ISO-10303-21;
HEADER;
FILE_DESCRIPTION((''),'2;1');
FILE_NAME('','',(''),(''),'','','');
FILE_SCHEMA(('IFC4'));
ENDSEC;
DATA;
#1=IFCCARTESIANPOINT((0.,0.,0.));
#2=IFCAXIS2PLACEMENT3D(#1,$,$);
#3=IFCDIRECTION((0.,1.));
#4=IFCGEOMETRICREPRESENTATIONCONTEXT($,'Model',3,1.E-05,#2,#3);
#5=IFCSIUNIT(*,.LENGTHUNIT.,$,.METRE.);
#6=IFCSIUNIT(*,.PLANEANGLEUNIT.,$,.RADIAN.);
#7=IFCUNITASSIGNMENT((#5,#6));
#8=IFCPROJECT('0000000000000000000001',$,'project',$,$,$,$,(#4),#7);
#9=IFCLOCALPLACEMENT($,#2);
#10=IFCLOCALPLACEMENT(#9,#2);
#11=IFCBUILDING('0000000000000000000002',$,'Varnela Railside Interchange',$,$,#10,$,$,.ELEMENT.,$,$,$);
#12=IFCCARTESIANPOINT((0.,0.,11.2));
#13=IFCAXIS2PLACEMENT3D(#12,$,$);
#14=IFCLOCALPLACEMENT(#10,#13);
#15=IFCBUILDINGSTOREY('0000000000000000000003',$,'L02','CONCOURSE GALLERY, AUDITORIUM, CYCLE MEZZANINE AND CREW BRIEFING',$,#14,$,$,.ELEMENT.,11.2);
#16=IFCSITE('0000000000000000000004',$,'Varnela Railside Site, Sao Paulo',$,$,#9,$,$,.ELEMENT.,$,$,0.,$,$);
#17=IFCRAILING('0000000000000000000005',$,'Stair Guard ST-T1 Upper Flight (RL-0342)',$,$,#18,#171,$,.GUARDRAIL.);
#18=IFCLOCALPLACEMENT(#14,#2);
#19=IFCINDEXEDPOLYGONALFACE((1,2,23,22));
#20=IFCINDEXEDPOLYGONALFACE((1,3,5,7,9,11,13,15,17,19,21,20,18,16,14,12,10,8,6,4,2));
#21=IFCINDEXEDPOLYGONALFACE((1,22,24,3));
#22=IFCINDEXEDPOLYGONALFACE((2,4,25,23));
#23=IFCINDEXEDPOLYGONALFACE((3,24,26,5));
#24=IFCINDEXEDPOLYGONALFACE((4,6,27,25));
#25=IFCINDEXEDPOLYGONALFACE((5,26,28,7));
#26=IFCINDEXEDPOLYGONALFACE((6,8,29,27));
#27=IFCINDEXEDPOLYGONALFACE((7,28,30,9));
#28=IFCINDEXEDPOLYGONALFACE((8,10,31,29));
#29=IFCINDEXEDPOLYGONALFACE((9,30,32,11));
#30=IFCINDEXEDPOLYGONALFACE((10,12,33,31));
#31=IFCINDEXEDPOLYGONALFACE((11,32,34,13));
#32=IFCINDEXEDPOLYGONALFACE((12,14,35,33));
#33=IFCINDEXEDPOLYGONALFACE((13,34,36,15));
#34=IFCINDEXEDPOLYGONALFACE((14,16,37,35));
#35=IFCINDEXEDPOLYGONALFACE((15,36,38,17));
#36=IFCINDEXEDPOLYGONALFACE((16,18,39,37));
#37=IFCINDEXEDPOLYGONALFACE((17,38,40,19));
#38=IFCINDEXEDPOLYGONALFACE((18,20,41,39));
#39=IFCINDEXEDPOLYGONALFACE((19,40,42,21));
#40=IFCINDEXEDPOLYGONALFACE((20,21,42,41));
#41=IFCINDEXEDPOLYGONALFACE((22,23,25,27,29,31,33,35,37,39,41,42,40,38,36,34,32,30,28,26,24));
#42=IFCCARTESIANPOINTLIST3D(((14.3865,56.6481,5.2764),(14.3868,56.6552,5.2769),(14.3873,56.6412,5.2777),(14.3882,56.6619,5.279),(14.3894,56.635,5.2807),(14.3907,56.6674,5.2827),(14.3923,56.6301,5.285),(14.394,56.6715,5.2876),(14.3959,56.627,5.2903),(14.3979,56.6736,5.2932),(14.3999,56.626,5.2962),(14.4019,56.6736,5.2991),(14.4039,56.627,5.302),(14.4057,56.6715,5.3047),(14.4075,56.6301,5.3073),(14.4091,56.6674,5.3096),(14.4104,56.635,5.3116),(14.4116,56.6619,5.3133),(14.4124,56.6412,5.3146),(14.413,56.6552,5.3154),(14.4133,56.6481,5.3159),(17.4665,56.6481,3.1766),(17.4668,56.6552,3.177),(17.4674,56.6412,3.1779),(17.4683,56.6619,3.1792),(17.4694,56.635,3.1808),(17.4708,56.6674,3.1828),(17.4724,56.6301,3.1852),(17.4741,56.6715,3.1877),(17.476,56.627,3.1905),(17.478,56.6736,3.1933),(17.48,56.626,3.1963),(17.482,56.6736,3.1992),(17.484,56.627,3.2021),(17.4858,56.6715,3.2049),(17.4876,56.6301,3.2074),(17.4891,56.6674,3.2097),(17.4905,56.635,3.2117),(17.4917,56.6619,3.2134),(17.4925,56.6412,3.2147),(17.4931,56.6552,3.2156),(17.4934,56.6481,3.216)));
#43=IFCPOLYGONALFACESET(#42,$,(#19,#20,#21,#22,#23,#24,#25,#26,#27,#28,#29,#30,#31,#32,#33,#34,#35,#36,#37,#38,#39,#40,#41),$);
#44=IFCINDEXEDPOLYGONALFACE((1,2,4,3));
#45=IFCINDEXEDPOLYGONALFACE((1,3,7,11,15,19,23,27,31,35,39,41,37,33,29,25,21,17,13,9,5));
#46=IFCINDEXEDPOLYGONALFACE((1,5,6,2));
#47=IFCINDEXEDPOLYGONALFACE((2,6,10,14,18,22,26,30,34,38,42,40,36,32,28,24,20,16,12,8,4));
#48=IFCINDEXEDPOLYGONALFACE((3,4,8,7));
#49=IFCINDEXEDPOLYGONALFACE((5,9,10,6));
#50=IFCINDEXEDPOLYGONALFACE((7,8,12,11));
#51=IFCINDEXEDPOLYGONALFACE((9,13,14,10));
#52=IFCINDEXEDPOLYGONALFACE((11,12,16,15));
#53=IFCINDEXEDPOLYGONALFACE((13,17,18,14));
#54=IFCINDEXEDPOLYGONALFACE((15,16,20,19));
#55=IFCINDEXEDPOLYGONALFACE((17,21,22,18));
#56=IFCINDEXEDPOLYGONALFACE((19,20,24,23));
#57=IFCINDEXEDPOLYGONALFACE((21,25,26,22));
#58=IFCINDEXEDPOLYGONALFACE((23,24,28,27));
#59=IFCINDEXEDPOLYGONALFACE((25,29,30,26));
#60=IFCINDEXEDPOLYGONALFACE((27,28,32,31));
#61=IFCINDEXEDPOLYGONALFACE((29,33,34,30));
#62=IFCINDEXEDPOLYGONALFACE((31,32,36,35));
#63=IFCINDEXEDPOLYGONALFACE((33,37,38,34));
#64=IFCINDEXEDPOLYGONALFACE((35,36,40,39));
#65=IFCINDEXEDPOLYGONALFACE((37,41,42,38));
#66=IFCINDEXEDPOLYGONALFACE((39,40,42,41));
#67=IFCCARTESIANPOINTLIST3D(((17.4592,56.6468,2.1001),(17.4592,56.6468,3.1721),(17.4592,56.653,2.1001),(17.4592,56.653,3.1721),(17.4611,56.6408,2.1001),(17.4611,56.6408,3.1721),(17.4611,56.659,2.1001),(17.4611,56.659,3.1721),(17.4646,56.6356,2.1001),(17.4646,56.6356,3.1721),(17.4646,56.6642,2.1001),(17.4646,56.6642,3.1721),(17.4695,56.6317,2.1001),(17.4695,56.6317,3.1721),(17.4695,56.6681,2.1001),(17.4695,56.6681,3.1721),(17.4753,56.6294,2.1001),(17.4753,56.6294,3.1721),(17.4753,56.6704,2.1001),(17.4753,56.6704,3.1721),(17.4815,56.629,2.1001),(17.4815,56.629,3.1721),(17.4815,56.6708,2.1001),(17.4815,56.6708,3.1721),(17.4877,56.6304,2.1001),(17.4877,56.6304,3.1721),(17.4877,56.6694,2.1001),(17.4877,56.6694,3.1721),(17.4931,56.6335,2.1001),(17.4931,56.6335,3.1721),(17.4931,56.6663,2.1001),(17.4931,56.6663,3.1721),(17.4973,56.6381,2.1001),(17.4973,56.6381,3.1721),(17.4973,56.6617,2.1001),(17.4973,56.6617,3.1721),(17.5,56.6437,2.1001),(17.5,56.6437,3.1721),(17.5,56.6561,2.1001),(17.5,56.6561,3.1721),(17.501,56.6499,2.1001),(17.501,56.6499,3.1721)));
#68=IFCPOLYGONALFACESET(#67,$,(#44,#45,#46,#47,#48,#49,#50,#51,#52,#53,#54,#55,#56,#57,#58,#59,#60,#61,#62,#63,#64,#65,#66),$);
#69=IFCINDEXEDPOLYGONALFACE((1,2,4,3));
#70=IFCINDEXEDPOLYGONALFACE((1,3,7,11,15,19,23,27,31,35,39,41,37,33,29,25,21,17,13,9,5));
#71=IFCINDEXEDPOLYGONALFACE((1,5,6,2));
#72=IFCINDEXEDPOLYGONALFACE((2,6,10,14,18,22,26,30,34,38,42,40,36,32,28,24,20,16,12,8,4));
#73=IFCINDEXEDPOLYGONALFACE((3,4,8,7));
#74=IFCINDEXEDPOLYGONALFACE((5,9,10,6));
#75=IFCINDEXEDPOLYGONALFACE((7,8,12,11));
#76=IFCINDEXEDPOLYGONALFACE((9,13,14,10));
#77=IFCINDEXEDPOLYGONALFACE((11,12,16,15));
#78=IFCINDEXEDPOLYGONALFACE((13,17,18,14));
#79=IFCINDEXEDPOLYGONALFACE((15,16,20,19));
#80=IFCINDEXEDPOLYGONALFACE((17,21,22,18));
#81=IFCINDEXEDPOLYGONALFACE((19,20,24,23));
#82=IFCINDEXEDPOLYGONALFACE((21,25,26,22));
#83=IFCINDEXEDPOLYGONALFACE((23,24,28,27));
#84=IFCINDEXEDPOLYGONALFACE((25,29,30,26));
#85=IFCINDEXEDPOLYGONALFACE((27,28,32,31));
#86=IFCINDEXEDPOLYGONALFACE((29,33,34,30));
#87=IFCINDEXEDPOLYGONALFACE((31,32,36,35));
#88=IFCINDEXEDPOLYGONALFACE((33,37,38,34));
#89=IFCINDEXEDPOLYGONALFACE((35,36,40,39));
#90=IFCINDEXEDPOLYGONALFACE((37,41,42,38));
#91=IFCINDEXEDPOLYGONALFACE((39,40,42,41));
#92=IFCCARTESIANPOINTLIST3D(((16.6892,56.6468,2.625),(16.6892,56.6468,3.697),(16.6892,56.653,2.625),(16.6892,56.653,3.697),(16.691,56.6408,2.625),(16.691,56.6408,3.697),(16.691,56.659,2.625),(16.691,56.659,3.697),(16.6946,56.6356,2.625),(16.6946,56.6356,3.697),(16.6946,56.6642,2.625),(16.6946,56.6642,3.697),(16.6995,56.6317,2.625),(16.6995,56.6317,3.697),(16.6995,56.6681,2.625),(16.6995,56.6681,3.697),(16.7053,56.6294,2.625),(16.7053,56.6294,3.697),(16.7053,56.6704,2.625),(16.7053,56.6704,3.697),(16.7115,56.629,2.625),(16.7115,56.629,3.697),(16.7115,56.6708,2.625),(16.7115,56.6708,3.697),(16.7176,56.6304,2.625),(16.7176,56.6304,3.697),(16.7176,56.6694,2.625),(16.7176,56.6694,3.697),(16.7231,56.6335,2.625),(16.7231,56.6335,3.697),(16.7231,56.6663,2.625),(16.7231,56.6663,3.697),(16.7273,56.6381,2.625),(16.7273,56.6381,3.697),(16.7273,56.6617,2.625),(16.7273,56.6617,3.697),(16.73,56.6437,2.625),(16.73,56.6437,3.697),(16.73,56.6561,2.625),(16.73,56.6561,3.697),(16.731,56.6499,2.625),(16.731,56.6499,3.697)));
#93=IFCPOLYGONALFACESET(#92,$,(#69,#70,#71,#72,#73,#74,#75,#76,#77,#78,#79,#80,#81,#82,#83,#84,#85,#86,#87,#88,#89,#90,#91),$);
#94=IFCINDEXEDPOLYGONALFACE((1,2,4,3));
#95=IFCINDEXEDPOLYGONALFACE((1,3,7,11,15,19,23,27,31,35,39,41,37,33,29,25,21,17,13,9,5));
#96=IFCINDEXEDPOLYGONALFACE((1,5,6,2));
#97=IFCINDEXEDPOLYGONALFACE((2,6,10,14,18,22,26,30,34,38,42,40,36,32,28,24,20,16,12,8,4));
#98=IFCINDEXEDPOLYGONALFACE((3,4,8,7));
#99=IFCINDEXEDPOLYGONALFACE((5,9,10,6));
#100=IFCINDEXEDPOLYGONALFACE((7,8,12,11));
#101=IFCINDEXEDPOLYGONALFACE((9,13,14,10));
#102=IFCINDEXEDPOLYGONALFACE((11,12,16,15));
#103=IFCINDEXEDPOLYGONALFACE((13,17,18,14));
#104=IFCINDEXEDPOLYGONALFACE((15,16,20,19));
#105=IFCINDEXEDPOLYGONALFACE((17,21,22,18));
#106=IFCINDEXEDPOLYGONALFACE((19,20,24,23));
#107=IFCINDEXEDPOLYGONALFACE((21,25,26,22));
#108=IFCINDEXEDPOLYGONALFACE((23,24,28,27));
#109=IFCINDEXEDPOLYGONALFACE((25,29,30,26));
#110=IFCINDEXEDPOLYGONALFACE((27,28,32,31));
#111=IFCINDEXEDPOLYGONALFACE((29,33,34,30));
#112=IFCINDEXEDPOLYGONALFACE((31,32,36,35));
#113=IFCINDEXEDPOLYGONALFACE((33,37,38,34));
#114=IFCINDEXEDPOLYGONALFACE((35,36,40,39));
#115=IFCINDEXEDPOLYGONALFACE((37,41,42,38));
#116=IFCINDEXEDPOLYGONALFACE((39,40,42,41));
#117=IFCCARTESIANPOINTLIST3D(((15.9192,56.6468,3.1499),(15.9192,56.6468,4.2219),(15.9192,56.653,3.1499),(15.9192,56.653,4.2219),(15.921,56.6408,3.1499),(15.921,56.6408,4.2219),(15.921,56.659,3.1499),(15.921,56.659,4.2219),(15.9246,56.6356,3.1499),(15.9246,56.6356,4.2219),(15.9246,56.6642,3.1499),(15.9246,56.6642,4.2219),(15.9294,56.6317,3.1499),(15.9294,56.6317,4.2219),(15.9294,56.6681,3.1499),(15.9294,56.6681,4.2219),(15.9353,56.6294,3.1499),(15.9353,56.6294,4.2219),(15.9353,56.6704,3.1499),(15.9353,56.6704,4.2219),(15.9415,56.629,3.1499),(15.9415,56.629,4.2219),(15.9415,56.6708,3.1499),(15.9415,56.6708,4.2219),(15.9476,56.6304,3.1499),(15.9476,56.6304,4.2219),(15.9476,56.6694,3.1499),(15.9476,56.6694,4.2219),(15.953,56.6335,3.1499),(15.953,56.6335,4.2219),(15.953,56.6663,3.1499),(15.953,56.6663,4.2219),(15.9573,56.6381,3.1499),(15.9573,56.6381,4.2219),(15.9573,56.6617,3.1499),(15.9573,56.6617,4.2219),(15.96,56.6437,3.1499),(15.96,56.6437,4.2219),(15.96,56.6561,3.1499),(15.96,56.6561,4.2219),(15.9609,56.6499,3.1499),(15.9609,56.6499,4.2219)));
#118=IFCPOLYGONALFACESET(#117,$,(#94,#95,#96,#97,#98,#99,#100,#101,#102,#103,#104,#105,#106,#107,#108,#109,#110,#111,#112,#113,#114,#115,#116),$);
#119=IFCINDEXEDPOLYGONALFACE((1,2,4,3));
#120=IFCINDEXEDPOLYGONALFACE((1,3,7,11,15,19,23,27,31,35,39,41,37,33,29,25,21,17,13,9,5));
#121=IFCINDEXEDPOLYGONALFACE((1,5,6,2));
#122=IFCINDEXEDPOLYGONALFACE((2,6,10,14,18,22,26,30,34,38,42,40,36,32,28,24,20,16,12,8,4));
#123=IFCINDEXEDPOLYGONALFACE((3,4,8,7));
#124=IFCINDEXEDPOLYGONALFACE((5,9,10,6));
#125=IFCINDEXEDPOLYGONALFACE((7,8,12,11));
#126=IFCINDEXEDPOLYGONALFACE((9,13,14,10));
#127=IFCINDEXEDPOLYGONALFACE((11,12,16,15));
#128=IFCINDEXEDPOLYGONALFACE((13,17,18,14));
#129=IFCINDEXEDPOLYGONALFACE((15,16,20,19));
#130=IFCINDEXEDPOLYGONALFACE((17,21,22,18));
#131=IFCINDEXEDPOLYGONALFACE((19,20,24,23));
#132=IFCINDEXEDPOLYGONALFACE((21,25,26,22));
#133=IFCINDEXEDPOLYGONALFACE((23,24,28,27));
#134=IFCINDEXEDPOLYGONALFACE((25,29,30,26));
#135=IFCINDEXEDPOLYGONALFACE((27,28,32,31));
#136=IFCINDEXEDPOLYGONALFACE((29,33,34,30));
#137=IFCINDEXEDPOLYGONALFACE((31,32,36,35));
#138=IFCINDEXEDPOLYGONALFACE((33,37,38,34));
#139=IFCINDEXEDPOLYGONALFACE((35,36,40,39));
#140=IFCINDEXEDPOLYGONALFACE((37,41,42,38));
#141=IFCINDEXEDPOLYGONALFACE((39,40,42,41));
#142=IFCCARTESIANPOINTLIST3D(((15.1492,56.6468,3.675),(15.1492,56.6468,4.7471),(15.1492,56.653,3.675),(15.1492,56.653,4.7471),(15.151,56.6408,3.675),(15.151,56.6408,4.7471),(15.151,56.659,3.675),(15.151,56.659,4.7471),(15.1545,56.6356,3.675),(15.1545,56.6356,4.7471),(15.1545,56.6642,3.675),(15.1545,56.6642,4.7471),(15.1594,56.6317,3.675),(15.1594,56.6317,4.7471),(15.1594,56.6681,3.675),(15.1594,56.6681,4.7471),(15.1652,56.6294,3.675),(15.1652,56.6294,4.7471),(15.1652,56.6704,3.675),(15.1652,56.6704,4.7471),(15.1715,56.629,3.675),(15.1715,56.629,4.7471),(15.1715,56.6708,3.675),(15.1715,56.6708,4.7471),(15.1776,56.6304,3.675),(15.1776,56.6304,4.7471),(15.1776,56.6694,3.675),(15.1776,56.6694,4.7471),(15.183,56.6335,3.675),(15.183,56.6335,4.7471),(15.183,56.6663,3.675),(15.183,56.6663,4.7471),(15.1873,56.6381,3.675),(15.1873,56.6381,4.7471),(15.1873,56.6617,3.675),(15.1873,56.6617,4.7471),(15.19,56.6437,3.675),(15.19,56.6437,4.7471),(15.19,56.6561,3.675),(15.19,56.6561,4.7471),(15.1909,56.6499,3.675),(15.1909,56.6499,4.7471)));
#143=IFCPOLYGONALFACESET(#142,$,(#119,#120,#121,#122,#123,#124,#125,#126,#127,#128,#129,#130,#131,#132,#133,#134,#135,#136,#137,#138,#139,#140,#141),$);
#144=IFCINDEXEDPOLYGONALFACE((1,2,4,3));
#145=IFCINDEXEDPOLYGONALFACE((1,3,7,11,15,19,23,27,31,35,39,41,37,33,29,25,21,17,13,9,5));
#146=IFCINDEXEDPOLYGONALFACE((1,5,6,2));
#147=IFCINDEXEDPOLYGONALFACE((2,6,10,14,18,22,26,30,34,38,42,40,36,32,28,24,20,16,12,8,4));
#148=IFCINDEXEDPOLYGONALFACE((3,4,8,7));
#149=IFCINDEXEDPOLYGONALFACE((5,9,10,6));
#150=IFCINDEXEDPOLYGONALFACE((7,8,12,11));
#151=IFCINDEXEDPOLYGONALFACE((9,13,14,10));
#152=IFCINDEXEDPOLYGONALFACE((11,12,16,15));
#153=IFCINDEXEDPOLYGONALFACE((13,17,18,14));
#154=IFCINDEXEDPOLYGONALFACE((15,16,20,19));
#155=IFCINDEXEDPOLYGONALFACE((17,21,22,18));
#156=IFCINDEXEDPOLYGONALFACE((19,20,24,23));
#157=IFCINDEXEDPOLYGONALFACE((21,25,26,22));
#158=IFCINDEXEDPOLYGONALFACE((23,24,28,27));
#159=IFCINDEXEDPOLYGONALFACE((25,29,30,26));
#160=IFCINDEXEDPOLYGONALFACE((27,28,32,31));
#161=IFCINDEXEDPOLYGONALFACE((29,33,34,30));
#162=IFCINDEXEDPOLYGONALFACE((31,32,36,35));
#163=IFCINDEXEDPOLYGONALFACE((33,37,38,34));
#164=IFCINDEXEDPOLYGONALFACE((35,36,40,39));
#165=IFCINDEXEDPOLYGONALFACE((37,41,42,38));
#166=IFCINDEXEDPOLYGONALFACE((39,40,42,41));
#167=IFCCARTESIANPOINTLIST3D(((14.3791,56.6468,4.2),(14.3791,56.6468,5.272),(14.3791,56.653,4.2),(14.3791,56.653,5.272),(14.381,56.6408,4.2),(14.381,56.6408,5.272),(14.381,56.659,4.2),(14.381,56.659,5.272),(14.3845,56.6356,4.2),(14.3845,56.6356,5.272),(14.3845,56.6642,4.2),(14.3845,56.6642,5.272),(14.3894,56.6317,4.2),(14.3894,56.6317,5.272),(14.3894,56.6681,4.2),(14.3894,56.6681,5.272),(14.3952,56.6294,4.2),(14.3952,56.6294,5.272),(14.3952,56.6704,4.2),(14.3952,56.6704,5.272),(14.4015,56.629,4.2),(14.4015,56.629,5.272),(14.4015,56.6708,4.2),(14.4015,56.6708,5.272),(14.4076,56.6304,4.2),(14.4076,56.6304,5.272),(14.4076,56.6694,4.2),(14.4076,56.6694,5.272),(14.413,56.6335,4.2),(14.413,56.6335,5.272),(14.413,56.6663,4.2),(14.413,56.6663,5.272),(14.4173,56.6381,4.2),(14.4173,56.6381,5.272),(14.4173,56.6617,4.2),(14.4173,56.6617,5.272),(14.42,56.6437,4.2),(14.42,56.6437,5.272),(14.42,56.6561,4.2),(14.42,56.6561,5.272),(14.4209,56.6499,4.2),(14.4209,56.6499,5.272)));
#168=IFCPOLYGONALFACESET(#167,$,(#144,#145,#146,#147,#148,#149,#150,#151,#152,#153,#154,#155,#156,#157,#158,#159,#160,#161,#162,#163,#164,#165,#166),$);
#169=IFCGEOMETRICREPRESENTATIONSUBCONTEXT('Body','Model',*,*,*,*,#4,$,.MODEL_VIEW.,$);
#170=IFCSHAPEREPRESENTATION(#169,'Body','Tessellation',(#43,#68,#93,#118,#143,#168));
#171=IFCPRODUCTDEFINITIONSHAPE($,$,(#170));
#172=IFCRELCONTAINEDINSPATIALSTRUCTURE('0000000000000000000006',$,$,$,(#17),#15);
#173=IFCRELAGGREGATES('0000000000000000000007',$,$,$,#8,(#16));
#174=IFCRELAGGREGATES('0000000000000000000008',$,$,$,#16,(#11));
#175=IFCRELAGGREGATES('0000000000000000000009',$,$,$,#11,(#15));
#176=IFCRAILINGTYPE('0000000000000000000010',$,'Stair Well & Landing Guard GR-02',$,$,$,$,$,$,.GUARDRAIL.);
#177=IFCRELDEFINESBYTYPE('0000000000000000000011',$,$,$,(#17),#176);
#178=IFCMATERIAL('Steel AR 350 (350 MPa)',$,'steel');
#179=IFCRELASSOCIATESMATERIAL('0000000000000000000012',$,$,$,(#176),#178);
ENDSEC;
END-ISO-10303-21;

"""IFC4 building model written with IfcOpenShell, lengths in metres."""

from ifc_helpers import new_model, si_unit, direction, frame, origin, origin_2d, place, context, subcontext, project, spatial, circle, extrude, material, type_object, element, save


model = new_model("IFC4")

# Units and contexts
model_context = context("Model", 3, precision=1e-05, world=origin(), true_north=direction((0.0, 1.0)))
body_context = subcontext(model_context, "Body", "Model", "MODEL_VIEW")
ifc_project = project(units=[si_unit("LENGTHUNIT", "METRE"), si_unit("PLANEANGLEUNIT", "RADIAN")], contexts=[model_context])

# Site, building, storey
site_placement = place(None, origin())
site = spatial("IfcSite", under=ifc_project, at=site_placement, Name="Varnela Railside Site, Sao Paulo", CompositionType="ELEMENT", RefElevation=0.0)
building_placement = place(site_placement, origin())
building = spatial("IfcBuilding", under=site, at=building_placement, Name="Varnela Railside Interchange", CompositionType="ELEMENT")
storey_placement = place(building_placement, frame((0.0, 0.0, 11.2)))
storey = spatial("IfcBuildingStorey", under=building, at=storey_placement, Name="L02", Description="CONCOURSE GALLERY, AUDITORIUM, CYCLE MEZZANINE AND CREW BRIEFING", CompositionType="ELEMENT", Elevation=11.2)

# Shared definitions
ifc_material_1 = material(Name="Steel AR 350 (350 MPa)", Category="steel")

# Railing
railing_type_1 = type_object("IfcRailingType", Name="Stair Well & Landing Guard GR-02", PredefinedType="GUARDRAIL", material=ifc_material_1)
railing_1_placement = place(storey_placement, frame((17.48, 56.6499, 2.1001)))
element("IfcRailing", 1, at=railing_1_placement, inside=storey, type_object=railing_type_1, Name="Stair Guard ST-T1 Upper Flight (RL-0342)", PredefinedType="GUARDRAIL", context=body_context, shape_type="SweptSolid", body=[
    extrude(circle(Radius=0.0239, at=origin_2d()), frame((0.0, 0.0, 1.0962), z_axis=(-0.826252, 0.0, 0.5633), x_axis=(0.0, -1.0, 0.0)), (0.0, 0.0, 1.0), 3.7278),
    extrude(circle(Radius=0.021, at=origin_2d()), origin(), (0.0, 0.0, 1.0), 1.072),
    extrude(circle(Radius=0.021, at=origin_2d()), frame((-0.77, 0.0, 0.5249)), (0.0, 0.0, 1.0), 1.072),
    extrude(circle(Radius=0.021, at=origin_2d()), frame((-1.54, 0.0, 1.0498)), (0.0, 0.0, 1.0), 1.072),
    extrude(circle(Radius=0.021, at=origin_2d()), frame((-2.3101, 0.0, 1.575)), (0.0, 0.0, 1.0), 1.072),
    extrude(circle(Radius=0.021, at=origin_2d()), frame((-3.0801, 0.0, 2.0999)), (0.0, 0.0, 1.0), 1.072),
])

save(model, "model.ifc")
